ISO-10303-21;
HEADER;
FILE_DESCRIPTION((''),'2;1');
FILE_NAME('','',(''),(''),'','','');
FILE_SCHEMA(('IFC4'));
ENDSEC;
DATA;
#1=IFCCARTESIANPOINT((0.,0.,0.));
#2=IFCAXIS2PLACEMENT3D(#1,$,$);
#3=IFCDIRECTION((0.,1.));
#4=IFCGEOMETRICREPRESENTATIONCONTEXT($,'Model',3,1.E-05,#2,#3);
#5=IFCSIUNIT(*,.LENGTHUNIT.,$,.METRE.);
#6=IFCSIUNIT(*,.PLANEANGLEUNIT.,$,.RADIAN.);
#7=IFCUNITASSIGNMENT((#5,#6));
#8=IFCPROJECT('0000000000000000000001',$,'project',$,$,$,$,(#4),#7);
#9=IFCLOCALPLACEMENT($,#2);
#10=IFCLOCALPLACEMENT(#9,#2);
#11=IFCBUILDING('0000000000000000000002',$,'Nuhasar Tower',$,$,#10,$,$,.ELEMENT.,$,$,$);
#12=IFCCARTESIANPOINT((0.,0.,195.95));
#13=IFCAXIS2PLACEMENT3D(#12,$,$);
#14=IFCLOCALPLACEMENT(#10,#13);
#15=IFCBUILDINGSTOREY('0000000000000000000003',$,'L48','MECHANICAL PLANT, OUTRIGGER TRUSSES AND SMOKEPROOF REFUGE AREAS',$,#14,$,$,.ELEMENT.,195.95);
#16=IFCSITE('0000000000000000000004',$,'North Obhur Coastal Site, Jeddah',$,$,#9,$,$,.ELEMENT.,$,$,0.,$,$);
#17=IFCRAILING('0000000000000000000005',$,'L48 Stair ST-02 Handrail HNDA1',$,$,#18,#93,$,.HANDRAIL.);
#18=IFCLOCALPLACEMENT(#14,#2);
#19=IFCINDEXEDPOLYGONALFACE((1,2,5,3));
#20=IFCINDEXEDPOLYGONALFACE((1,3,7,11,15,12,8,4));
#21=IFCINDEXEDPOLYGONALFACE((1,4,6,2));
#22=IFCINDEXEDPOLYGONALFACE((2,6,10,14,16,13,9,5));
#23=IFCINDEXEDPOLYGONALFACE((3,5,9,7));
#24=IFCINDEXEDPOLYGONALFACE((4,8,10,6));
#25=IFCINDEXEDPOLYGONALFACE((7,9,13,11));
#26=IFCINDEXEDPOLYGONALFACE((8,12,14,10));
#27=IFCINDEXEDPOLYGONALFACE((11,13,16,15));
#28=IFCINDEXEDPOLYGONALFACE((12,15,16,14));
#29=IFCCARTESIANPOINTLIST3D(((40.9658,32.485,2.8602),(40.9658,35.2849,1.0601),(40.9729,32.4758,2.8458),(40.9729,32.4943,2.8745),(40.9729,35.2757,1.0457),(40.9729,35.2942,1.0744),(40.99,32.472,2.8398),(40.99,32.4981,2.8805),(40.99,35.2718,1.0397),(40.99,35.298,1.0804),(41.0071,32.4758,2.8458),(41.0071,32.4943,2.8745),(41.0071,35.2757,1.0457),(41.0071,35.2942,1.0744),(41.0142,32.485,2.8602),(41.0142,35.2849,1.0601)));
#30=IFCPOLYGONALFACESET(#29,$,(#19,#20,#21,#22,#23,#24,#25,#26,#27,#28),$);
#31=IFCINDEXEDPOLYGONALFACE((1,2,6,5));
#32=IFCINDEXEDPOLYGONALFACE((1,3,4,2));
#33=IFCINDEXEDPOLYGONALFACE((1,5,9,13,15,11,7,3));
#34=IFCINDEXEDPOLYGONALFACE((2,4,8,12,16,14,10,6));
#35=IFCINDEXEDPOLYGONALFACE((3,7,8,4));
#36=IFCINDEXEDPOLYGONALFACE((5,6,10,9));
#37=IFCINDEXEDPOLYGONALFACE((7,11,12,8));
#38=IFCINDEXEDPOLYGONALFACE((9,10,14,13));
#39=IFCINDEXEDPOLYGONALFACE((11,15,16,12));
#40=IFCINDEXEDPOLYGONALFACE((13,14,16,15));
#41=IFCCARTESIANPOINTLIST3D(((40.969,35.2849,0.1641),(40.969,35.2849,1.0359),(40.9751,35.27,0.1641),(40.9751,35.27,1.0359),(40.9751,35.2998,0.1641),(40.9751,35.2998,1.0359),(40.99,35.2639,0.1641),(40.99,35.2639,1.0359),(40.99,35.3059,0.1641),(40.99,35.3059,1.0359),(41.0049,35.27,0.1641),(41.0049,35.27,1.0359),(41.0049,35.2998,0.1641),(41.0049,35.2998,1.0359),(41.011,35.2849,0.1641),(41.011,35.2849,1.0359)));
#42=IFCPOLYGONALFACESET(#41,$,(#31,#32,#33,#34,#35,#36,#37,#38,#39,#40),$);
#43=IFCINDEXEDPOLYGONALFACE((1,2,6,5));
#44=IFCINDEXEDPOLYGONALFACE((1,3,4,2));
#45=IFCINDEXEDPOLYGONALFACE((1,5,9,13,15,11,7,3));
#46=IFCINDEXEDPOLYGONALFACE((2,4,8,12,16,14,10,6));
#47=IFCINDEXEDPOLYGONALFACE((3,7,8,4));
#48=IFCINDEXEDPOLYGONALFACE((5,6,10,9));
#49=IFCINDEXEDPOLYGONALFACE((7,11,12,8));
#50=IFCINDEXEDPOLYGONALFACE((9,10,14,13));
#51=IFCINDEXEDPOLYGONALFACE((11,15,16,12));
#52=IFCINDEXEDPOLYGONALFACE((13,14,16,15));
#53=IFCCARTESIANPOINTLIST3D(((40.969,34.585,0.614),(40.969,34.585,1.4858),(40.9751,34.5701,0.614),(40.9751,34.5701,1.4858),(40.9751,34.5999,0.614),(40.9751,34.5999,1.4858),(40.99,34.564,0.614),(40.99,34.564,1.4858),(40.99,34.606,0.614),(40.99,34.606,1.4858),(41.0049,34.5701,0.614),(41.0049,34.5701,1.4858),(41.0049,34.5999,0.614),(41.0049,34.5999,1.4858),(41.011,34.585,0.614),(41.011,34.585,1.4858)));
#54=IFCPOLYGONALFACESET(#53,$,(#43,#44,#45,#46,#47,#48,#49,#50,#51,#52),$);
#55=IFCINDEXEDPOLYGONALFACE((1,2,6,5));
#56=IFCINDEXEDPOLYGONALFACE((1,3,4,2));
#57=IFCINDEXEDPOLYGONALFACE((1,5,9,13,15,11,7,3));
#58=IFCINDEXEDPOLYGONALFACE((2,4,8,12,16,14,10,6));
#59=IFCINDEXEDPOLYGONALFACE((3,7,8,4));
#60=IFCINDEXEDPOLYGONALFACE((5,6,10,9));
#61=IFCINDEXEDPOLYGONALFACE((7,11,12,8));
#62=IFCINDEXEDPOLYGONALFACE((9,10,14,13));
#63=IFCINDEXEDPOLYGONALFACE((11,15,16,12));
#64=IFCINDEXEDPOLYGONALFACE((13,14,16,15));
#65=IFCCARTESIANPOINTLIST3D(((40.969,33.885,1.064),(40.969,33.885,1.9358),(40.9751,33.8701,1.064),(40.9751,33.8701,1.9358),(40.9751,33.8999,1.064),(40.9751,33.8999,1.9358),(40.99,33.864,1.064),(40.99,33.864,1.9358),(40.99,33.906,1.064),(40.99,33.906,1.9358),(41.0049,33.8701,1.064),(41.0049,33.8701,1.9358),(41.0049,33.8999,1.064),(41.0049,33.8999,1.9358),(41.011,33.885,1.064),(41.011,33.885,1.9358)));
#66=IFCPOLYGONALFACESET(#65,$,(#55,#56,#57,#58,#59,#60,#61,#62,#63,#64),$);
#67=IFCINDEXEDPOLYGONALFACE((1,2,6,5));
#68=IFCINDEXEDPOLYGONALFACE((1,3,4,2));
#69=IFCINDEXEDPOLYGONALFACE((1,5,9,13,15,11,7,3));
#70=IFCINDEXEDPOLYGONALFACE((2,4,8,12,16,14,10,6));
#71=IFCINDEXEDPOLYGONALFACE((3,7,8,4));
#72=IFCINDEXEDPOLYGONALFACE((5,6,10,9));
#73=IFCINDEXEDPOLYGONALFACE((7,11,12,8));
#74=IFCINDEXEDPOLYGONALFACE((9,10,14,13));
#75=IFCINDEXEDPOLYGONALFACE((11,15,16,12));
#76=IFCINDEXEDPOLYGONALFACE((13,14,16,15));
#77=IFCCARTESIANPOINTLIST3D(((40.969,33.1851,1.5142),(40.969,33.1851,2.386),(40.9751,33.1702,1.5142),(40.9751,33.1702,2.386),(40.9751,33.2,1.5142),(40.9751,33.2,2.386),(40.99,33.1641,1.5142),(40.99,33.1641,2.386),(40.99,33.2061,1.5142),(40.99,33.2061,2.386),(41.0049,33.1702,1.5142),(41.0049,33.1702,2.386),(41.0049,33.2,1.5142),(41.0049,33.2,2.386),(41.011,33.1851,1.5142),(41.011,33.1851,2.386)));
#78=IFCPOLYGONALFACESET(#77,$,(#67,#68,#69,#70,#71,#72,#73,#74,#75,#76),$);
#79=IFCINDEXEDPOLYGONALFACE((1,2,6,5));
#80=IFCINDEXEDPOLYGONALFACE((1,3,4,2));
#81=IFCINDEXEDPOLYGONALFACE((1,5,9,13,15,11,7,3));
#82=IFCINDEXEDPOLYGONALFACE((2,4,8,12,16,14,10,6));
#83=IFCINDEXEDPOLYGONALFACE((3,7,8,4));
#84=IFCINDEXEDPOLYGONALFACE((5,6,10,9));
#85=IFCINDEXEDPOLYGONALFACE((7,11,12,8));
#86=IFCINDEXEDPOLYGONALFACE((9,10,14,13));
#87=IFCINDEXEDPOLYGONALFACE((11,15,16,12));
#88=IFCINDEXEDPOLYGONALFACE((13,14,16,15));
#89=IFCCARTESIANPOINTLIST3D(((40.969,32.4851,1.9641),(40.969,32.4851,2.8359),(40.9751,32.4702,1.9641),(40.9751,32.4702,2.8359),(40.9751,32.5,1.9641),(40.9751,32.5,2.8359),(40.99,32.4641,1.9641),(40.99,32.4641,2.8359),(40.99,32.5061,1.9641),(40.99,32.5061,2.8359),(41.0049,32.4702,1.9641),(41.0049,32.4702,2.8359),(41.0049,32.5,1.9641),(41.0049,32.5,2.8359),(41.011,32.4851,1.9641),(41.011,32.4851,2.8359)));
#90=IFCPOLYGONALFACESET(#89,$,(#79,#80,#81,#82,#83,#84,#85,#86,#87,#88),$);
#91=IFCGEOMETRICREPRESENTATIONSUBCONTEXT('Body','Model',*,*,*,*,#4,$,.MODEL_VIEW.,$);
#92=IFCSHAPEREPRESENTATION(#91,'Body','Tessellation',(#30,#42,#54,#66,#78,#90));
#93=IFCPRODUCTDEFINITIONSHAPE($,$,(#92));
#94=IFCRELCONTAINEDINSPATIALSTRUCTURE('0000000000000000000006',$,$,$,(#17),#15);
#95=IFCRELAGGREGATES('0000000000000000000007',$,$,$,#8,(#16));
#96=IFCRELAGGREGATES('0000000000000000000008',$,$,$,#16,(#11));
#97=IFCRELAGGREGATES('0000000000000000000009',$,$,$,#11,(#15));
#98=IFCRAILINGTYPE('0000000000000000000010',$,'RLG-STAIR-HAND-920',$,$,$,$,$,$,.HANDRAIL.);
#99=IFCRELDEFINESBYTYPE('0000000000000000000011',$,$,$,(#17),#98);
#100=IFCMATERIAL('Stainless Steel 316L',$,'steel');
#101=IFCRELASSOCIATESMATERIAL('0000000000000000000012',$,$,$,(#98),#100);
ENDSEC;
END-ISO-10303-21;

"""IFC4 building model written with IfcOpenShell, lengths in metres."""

from ifc_helpers import new_model, si_unit, direction, frame, origin, place, context, subcontext, project, spatial, polyline, outline, extrude, material, type_object, element, save


model = new_model("IFC4")

# Units and contexts
model_context = context("Model", 3, precision=1e-05, world=origin(), true_north=direction((0.0, 1.0)))
body_context = subcontext(model_context, "Body", "Model", "MODEL_VIEW")
ifc_project = project(units=[si_unit("LENGTHUNIT", "METRE"), si_unit("PLANEANGLEUNIT", "RADIAN")], contexts=[model_context])

# Site, building, storey
site_placement = place(None, origin())
site = spatial("IfcSite", under=ifc_project, at=site_placement, Name="North Obhur Coastal Site, Jeddah", CompositionType="ELEMENT", RefElevation=0.0)
building_placement = place(site_placement, origin())
building = spatial("IfcBuilding", under=site, at=building_placement, Name="Nuhasar Tower", CompositionType="ELEMENT")
storey_placement = place(building_placement, frame((0.0, 0.0, 195.95)))
storey = spatial("IfcBuildingStorey", under=building, at=storey_placement, Name="L48", Description="MECHANICAL PLANT, OUTRIGGER TRUSSES AND SMOKEPROOF REFUGE AREAS", CompositionType="ELEMENT", Elevation=195.95)

# Railing
ifc_material_1 = material(Name="Stainless Steel 316L", Category="steel")
railing_type_1 = type_object("IfcRailingType", Name="RLG-STAIR-HAND-920", PredefinedType="HANDRAIL", material=ifc_material_1)
railing_1_placement = place(storey_placement, frame((40.99, 35.2849, 0.1641)))
element("IfcRailing", 1, at=railing_1_placement, inside=storey, type_object=railing_type_1, Name="L48 Stair ST-02 Handrail HNDA1", PredefinedType="HANDRAIL", context=body_context, shape_type="SweptSolid", body=[
    extrude(outline(polyline([(0.0242, 0.0), (0.0171, 0.0171), (0.0, 0.0242), (-0.0171, 0.0171), (-0.0242, 0.0), (-0.0171, -0.0171), (0.0, -0.0242), (0.0171, -0.0171), (0.0242, 0.0)])), frame((0.0, 0.0, 0.896), z_axis=(0.0, -0.841155, 0.540795), x_axis=(1.0, 0.0, 0.0)), (0.0, 0.0, 1.0), 3.3286),
    extrude(outline(polyline([(0.021, 0.0), (0.0149, 0.0149), (0.0, 0.021), (-0.0149, 0.0149), (-0.021, 0.0), (-0.0149, -0.0149), (0.0, -0.021), (0.0149, -0.0149), (0.021, 0.0)])), origin(), (0.0, 0.0, 1.0), 0.8718),
    extrude(outline(polyline([(0.021, 0.0), (0.0149, 0.0149), (0.0, 0.021), (-0.0149, 0.0149), (-0.021, 0.0), (-0.0149, -0.0149), (0.0, -0.021), (0.0149, -0.0149), (0.021, 0.0)])), frame((0.0, -0.7, 0.45)), (0.0, 0.0, 1.0), 0.8718),
    extrude(outline(polyline([(0.021, 0.0), (0.0149, 0.0149), (0.0, 0.021), (-0.0149, 0.0149), (-0.021, 0.0), (-0.0149, -0.0149), (0.0, -0.021), (0.0149, -0.0149), (0.021, 0.0)])), frame((0.0, -1.3999, 0.8999)), (0.0, 0.0, 1.0), 0.8718),
    extrude(outline(polyline([(0.021, 0.0), (0.0149, 0.0149), (0.0, 0.021), (-0.0149, 0.0149), (-0.021, 0.0), (-0.0149, -0.0149), (0.0, -0.021), (0.0149, -0.0149), (0.021, 0.0)])), frame((0.0, -2.0999, 1.3501)), (0.0, 0.0, 1.0), 0.8718),
    extrude(outline(polyline([(0.021, 0.0), (0.0149, 0.0149), (0.0, 0.021), (-0.0149, 0.0149), (-0.021, 0.0), (-0.0149, -0.0149), (0.0, -0.021), (0.0149, -0.0149), (0.021, 0.0)])), frame((0.0, -2.7998, 1.8)), (0.0, 0.0, 1.0), 0.8718),
])

save(model, "model.ifc")
